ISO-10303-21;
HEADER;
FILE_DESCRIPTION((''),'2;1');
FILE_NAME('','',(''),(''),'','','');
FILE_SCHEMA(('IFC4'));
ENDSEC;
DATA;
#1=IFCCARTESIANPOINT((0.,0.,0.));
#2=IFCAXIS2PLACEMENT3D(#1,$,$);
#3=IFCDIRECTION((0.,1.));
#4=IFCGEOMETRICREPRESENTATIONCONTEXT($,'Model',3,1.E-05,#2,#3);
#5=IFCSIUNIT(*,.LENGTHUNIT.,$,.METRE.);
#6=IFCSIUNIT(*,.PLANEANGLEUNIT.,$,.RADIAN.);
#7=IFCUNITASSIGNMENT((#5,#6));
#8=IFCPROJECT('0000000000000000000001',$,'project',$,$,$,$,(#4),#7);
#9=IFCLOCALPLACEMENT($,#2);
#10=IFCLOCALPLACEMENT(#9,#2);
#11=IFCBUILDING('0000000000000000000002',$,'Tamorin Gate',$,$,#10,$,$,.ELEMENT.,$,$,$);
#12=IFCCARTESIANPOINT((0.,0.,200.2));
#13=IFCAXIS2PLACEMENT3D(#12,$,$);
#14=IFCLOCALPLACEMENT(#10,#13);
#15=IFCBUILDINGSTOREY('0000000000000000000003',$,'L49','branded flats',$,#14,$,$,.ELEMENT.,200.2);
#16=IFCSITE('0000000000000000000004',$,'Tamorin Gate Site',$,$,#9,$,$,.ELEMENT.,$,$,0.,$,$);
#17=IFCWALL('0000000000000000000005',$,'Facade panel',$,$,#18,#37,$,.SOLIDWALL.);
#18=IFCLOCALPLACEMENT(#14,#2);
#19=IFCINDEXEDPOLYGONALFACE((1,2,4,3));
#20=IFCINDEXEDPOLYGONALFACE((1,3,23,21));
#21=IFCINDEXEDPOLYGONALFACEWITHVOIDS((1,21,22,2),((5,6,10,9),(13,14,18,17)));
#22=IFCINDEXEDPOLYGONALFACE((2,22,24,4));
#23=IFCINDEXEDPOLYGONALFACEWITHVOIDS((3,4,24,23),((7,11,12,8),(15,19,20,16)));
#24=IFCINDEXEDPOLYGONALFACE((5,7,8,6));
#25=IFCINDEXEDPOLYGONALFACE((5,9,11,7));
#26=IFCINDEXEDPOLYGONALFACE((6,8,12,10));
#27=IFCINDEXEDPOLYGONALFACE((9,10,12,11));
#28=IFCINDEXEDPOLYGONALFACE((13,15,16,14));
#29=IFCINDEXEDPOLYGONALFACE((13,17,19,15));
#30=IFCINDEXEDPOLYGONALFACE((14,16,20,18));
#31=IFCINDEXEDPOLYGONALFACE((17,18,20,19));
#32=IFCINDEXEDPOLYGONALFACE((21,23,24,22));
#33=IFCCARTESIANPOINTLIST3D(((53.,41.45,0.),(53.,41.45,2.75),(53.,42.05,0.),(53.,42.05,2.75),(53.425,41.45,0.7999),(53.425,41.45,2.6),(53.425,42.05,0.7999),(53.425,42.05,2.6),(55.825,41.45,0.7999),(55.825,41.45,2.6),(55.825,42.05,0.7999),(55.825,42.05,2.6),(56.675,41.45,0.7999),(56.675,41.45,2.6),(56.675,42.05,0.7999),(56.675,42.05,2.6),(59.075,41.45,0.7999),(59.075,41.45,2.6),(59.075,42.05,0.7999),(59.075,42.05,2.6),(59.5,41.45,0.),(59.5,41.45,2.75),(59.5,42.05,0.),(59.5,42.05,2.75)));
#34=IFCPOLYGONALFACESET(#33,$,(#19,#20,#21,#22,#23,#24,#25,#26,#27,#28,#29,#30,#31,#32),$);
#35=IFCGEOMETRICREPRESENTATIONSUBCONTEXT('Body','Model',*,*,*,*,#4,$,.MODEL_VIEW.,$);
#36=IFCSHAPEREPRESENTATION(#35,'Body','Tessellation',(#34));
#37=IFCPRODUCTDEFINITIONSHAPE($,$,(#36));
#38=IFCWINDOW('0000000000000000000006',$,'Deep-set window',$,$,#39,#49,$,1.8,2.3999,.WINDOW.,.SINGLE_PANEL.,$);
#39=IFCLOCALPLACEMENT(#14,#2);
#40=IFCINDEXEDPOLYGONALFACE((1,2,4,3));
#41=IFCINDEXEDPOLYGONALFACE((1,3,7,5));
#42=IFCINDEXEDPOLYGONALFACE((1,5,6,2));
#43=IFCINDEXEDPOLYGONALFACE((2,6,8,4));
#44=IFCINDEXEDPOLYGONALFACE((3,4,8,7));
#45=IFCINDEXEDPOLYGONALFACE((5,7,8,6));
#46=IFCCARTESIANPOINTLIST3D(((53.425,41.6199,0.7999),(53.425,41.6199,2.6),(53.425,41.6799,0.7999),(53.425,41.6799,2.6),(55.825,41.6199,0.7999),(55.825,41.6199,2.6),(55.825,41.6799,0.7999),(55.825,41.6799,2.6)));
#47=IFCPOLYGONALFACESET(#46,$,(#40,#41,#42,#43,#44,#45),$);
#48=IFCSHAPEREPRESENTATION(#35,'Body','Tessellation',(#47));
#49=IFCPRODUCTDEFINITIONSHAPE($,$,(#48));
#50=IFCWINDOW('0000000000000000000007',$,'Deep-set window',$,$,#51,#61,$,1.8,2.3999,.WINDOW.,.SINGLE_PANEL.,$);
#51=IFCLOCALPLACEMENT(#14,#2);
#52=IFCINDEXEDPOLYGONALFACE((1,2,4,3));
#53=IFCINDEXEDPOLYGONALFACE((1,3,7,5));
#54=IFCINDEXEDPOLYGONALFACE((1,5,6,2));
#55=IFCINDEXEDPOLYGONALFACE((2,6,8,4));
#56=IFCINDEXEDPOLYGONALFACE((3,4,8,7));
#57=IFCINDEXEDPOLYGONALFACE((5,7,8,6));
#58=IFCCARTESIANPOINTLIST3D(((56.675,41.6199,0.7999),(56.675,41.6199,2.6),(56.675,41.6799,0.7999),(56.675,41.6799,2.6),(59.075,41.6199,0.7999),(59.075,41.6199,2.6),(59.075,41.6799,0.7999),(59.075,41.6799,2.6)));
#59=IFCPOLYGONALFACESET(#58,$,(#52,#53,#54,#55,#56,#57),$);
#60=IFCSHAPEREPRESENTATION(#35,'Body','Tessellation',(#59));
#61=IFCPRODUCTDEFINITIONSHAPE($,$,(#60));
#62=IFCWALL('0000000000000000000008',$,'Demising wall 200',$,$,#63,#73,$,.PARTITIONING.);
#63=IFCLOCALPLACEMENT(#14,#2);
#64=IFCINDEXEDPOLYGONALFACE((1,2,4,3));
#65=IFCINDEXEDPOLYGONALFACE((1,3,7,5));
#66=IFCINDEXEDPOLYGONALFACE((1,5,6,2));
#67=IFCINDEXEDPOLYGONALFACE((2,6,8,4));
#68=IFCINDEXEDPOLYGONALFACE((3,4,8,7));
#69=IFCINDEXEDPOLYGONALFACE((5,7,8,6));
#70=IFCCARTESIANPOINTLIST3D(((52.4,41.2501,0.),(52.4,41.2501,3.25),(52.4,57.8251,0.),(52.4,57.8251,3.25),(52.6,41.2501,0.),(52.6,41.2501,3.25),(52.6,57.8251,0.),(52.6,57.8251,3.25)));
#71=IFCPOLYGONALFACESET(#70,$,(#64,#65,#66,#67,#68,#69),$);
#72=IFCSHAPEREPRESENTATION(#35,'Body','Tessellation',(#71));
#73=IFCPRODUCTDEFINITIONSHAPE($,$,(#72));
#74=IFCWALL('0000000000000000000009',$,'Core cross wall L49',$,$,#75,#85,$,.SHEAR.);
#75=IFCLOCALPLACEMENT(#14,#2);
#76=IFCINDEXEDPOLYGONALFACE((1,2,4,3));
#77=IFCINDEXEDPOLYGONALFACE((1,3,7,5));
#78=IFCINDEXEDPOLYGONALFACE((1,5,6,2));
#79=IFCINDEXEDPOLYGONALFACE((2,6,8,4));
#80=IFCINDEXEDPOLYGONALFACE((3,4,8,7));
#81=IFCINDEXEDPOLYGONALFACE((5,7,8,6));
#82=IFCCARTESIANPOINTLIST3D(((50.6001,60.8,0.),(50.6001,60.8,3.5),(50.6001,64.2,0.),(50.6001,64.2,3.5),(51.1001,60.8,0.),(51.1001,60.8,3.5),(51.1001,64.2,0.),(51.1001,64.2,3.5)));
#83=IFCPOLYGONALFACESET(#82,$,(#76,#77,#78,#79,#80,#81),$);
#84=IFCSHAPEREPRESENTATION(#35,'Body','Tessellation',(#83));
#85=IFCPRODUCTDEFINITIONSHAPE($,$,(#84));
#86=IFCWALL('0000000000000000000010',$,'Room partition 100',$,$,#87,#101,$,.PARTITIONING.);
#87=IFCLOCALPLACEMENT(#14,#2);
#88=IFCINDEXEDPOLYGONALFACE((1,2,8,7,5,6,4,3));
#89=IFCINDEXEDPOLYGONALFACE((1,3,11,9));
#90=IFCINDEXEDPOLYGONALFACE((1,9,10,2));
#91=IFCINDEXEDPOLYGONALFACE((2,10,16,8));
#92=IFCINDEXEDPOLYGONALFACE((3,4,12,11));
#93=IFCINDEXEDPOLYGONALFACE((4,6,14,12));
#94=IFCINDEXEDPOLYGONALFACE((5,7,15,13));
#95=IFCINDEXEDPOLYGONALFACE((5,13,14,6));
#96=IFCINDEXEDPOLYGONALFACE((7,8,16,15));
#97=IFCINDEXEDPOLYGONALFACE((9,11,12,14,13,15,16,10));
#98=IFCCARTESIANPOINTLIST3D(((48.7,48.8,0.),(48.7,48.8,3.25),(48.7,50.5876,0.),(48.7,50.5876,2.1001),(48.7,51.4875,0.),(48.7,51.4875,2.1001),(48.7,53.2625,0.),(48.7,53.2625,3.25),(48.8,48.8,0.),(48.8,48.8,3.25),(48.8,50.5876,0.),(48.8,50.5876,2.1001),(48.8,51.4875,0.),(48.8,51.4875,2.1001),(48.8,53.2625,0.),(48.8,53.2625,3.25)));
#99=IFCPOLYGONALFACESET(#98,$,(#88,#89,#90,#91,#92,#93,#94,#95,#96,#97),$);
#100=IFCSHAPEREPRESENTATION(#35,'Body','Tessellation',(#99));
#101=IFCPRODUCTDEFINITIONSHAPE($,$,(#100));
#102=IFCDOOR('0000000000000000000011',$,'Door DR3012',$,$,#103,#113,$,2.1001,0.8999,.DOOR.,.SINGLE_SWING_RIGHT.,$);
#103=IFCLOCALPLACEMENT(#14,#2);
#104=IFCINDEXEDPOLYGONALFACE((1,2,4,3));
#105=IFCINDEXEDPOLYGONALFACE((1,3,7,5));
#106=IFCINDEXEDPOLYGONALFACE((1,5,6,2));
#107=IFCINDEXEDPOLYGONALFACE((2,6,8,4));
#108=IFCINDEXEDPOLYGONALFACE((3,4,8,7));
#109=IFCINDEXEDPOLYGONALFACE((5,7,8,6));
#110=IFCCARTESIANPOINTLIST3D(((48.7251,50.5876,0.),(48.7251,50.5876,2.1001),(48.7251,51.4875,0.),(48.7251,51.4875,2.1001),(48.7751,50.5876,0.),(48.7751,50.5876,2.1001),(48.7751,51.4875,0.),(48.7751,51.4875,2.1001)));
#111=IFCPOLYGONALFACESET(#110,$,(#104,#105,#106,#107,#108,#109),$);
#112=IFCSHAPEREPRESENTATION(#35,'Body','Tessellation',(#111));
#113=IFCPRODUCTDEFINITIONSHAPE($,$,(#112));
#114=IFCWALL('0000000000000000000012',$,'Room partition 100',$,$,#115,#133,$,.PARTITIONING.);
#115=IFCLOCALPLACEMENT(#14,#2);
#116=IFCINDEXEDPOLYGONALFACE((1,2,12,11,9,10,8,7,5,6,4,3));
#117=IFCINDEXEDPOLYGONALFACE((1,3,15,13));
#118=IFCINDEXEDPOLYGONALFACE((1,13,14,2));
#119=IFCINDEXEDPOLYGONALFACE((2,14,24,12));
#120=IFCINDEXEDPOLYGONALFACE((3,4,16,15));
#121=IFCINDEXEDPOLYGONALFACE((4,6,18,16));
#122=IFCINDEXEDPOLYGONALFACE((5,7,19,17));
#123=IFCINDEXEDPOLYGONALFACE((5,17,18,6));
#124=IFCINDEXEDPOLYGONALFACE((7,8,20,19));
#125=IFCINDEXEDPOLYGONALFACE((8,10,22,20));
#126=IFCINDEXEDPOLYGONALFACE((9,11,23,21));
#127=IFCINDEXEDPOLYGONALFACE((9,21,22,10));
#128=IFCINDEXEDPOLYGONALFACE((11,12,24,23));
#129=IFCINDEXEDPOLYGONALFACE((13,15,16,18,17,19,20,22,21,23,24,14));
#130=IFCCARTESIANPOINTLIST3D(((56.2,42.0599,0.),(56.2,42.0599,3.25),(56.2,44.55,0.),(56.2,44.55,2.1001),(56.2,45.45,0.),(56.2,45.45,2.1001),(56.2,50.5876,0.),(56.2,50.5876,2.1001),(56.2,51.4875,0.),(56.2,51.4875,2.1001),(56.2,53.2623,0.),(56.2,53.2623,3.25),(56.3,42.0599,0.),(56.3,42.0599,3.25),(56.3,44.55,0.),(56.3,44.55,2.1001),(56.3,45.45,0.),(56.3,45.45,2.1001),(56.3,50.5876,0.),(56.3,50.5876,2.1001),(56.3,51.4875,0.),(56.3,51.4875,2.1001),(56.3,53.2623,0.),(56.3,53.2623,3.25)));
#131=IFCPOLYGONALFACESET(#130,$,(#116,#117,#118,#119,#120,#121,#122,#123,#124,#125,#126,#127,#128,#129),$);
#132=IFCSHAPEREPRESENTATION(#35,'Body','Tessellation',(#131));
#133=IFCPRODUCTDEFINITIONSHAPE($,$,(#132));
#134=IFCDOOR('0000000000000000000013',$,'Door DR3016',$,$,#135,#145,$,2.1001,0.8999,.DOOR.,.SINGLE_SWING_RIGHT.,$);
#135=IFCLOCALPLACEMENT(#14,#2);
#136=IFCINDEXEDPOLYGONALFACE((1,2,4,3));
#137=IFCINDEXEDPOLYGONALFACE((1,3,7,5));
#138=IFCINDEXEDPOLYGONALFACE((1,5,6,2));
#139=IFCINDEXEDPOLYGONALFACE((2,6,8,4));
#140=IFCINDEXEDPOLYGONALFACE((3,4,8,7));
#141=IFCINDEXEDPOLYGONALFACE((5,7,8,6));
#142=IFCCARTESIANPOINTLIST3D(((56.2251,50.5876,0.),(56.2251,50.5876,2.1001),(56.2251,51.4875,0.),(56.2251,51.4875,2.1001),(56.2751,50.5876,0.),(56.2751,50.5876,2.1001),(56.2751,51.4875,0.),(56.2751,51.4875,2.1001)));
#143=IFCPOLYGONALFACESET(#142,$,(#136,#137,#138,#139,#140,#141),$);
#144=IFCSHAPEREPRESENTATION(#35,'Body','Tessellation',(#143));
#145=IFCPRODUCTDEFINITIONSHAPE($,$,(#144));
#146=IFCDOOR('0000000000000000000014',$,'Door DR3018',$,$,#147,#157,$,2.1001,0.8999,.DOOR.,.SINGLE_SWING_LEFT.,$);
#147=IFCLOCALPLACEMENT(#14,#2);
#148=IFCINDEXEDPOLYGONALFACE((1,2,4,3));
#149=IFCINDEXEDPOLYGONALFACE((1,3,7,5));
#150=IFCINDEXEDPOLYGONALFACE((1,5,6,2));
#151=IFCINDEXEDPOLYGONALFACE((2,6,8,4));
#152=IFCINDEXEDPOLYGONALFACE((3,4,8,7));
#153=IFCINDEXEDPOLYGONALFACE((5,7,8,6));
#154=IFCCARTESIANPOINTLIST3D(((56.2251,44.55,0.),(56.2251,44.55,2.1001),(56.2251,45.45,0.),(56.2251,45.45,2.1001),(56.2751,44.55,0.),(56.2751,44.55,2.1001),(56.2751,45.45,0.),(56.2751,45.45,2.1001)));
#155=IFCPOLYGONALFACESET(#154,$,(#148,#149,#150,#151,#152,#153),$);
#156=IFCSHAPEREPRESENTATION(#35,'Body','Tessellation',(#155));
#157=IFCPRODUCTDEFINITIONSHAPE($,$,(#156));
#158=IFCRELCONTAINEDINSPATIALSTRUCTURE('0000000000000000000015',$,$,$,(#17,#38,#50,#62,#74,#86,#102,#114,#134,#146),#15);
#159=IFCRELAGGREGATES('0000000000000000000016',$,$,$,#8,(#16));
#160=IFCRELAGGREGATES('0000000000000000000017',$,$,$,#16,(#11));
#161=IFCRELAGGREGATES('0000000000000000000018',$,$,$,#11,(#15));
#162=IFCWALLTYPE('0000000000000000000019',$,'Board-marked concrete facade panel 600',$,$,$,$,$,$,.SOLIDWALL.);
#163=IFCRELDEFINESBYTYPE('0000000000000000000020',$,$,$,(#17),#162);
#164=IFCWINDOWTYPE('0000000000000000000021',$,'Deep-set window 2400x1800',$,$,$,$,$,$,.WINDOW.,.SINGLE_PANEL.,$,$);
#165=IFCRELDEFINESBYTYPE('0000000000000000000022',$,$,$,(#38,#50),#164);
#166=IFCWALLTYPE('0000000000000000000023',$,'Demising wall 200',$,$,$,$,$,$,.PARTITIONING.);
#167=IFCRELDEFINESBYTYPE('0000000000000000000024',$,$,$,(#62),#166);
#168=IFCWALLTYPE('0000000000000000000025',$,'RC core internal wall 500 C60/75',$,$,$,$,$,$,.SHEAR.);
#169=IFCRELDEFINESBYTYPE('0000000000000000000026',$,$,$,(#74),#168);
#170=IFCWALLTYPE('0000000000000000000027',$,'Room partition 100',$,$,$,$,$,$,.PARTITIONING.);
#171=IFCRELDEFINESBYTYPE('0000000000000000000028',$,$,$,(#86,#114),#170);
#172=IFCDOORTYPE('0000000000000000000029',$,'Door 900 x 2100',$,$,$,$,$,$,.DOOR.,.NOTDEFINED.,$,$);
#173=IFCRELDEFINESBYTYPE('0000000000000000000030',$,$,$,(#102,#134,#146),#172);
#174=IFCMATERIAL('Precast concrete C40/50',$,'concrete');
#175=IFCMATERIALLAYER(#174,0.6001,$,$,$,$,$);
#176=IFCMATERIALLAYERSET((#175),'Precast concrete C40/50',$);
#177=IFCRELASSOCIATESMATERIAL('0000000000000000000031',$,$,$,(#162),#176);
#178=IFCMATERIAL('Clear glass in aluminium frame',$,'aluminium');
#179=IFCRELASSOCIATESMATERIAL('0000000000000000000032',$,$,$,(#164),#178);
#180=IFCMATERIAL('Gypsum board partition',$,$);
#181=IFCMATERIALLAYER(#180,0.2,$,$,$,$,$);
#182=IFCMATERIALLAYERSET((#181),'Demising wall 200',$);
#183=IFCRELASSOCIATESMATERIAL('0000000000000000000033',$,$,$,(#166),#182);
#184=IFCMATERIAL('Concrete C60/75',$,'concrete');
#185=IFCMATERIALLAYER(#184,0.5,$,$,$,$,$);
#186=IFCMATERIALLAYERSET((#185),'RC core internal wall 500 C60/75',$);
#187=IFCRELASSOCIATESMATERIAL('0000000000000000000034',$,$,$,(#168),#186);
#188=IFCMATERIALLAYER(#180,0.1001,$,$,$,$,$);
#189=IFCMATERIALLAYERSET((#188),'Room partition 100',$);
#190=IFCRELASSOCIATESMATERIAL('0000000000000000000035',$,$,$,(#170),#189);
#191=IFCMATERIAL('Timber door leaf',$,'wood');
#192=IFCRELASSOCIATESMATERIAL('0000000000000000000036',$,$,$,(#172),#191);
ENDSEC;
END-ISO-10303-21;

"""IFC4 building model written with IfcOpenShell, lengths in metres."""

from ifc_helpers import new_model, si_unit, direction, frame, frame_2d, origin, place, context, subcontext, project, spatial, rectangle, extrude, material, layer, layer_set, type_object, element, fill, save


model = new_model("IFC4")

# Units and contexts
model_context = context("Model", 3, precision=1e-05, world=origin(), true_north=direction((0.0, 1.0)))
body_context = subcontext(model_context, "Body", "Model", "MODEL_VIEW")
ifc_project = project(units=[si_unit("LENGTHUNIT", "METRE"), si_unit("PLANEANGLEUNIT", "RADIAN")], contexts=[model_context])

# Site, building, storey
site_placement = place(None, origin())
site = spatial("IfcSite", under=ifc_project, at=site_placement, Name="Tamorin Gate Site", CompositionType="ELEMENT", RefElevation=0.0)
building_placement = place(site_placement, origin())
building = spatial("IfcBuilding", under=site, at=building_placement, Name="Tamorin Gate", CompositionType="ELEMENT")
storey_placement = place(building_placement, frame((0.0, 0.0, 200.2)))
storey = spatial("IfcBuildingStorey", under=building, at=storey_placement, Name="L49", Description="branded flats", CompositionType="ELEMENT", Elevation=200.2)

# Shared definitions
ifc_material_1 = material(Name="Concrete C60/75", Category="concrete")

# Wall, openings, windows
ifc_material_2 = material(Name="Precast concrete C40/50", Category="concrete")
ifc_layer_1 = layer(ifc_material_2, 0.6001)
ifc_layer_set_1 = layer_set([ifc_layer_1], Name="Precast concrete C40/50")
wall_type_1 = type_object("IfcWallType", Name="Board-marked concrete facade panel 600", PredefinedType="SOLIDWALL", material=ifc_layer_set_1)
ifc_material_3 = material(Name="Clear glass in aluminium frame", Category="aluminium")
window_type = type_object("IfcWindowType", Name="Deep-set window 2400x1800", PartitioningType="SINGLE_PANEL", PredefinedType="WINDOW", material=ifc_material_3)
wall_1_placement = place(storey_placement, frame((53.0, 41.75, 0.0), z_axis=(0.0, 0.0, 1.0), x_axis=(1.0, 0.0, 0.0)))
wall_1 = element("IfcWall", 1, at=wall_1_placement, inside=storey, type_object=wall_type_1, Name="Facade panel", PredefinedType="SOLIDWALL", context=body_context, shape_type="SweptSolid", body=[
    extrude(rectangle(XDim=6.5, YDim=0.6001, at=frame_2d((3.25, 0.0))), origin(), (0.0, 0.0, 1.0), 2.75),
])
opening_1_placement = place(wall_1_placement, frame((0.425, 0.0, 0.8)))
opening_1 = element("IfcOpeningElement", 2, at=opening_1_placement, cuts=wall_1, PredefinedType="OPENING", context=body_context, shape_type="SweptSolid", body=[
    extrude(rectangle(XDim=2.3999, YDim=1.8, at=frame_2d((1.2, 0.8999))), frame((0.0, 0.3101, 0.0), z_axis=(0.0, -1.0, 0.0), x_axis=(1.0, 0.0, 0.0)), (0.0, 0.0, 1.0), 0.6201),
])
opening_2_placement = place(wall_1_placement, frame((3.675, 0.0, 0.8)))
opening_2 = element("IfcOpeningElement", 3, at=opening_2_placement, cuts=wall_1, PredefinedType="OPENING", context=body_context, shape_type="SweptSolid", body=[
    extrude(rectangle(XDim=2.3999, YDim=1.8, at=frame_2d((1.2, 0.8999))), frame((0.0, 0.3101, 0.0), z_axis=(0.0, -1.0, 0.0), x_axis=(1.0, 0.0, 0.0)), (0.0, 0.0, 1.0), 0.6201),
])
window_1_placement = place(opening_1_placement, origin())
window_1 = element("IfcWindow", 4, at=window_1_placement, inside=storey, type_object=window_type, Name="Deep-set window", OverallHeight=1.8, OverallWidth=2.3999, PartitioningType="SINGLE_PANEL", PredefinedType="WINDOW", context=body_context, shape_type="SweptSolid", body=[
    extrude(rectangle(XDim=2.3999, YDim=1.8, at=frame_2d((1.2, 0.8999))), frame((0.0, -0.0701, 0.0), z_axis=(0.0, -1.0, 0.0), x_axis=(1.0, 0.0, 0.0)), (0.0, 0.0, 1.0), 0.0601),
])
fill(opening_1, window_1)
window_2_placement = place(opening_2_placement, origin())
window_2 = element("IfcWindow", 5, at=window_2_placement, inside=storey, type_object=window_type, Name="Deep-set window", OverallHeight=1.8, OverallWidth=2.3999, PartitioningType="SINGLE_PANEL", PredefinedType="WINDOW", context=body_context, shape_type="SweptSolid", body=[
    extrude(rectangle(XDim=2.3999, YDim=1.8, at=frame_2d((1.2, 0.8999))), frame((0.0, -0.0701, 0.0), z_axis=(0.0, -1.0, 0.0), x_axis=(1.0, 0.0, 0.0)), (0.0, 0.0, 1.0), 0.0601),
])
fill(opening_2, window_2)

# Walls
ifc_material_4 = material(Name="Gypsum board partition")
ifc_layer_2 = layer(ifc_material_4, 0.2)
ifc_layer_set_2 = layer_set([ifc_layer_2], Name="Demising wall 200")
wall_type_2 = type_object("IfcWallType", Name="Demising wall 200", PredefinedType="PARTITIONING", material=ifc_layer_set_2)
wall_2_placement = place(storey_placement, frame((52.5, 41.25, 0.0), z_axis=(0.0, 0.0, 1.0), x_axis=(0.0, 1.0, 0.0)))
element("IfcWall", 6, at=wall_2_placement, inside=storey, type_object=wall_type_2, Name="Demising wall 200", PredefinedType="PARTITIONING", context=body_context, shape_type="SweptSolid", body=[
    extrude(rectangle(XDim=16.575, YDim=0.2, at=frame_2d((8.2876, 0.0))), origin(), (0.0, 0.0, 1.0), 3.25),
])
ifc_layer_3 = layer(ifc_material_1, 0.5)
ifc_layer_set_3 = layer_set([ifc_layer_3], Name="RC core internal wall 500 C60/75")
wall_type_3 = type_object("IfcWallType", Name="RC core internal wall 500 C60/75", PredefinedType="SHEAR", material=ifc_layer_set_3)
wall_3_placement = place(storey_placement, frame((50.8501, 60.8, 0.0), z_axis=(0.0, 0.0, 1.0), x_axis=(0.0, 1.0, 0.0)))
element("IfcWall", 7, at=wall_3_placement, inside=storey, type_object=wall_type_3, Name="Core cross wall L49", PredefinedType="SHEAR", context=body_context, shape_type="SweptSolid", body=[
    extrude(rectangle(XDim=3.3999, YDim=0.5, at=frame_2d((1.7, 0.0))), origin(), (0.0, 0.0, 1.0), 3.5),
])

# Wall, opening, door
ifc_layer_4 = layer(ifc_material_4, 0.1001)
ifc_layer_set_4 = layer_set([ifc_layer_4], Name="Room partition 100")
wall_type_4 = type_object("IfcWallType", Name="Room partition 100", PredefinedType="PARTITIONING", material=ifc_layer_set_4)
wall_4_placement = place(storey_placement, frame((48.75, 48.8, 0.0), z_axis=(0.0, 0.0, 1.0), x_axis=(0.0, 1.0, 0.0)))
wall_4 = element("IfcWall", 8, at=wall_4_placement, inside=storey, type_object=wall_type_4, Name="Room partition 100", PredefinedType="PARTITIONING", context=body_context, shape_type="SweptSolid", body=[
    extrude(rectangle(XDim=4.4624, YDim=0.1001, at=frame_2d((2.2312, 0.0))), origin(), (0.0, 0.0, 1.0), 3.25),
])
opening_3_placement = place(wall_4_placement, frame((1.7876, 0.0, 0.0)))
opening_3 = element("IfcOpeningElement", 9, at=opening_3_placement, cuts=wall_4, PredefinedType="OPENING", context=body_context, shape_type="SweptSolid", body=[
    extrude(rectangle(XDim=0.8999, YDim=2.1001, at=frame_2d((0.45, 1.05))), frame((0.0, 0.0601, 0.0), z_axis=(0.0, -1.0, 0.0), x_axis=(1.0, 0.0, 0.0)), (0.0, 0.0, 1.0), 0.1201),
])
ifc_material_5 = material(Name="Timber door leaf", Category="wood")
door_type = type_object("IfcDoorType", Name="Door 900 x 2100", OperationType="NOTDEFINED", PredefinedType="DOOR", material=ifc_material_5)
door_1_placement = place(opening_3_placement, origin())
door_1 = element("IfcDoor", 10, at=door_1_placement, inside=storey, type_object=door_type, Name="Door DR3012", OperationType="SINGLE_SWING_RIGHT", OverallHeight=2.1001, OverallWidth=0.8999, PredefinedType="DOOR", context=body_context, shape_type="SweptSolid", body=[
    extrude(rectangle(XDim=0.8999, YDim=2.1001, at=frame_2d((0.45, 1.05))), frame((0.0, 0.0249, 0.0), z_axis=(0.0, -1.0, 0.0), x_axis=(1.0, 0.0, 0.0)), (0.0, 0.0, 1.0), 0.05),
])
fill(opening_3, door_1)

# Wall, openings, doors
wall_5_placement = place(storey_placement, frame((56.25, 42.0601, 0.0), z_axis=(0.0, 0.0, 1.0), x_axis=(0.0, 1.0, 0.0)))
wall_5 = element("IfcWall", 11, at=wall_5_placement, inside=storey, type_object=wall_type_4, Name="Room partition 100", PredefinedType="PARTITIONING", context=body_context, shape_type="SweptSolid", body=[
    extrude(rectangle(XDim=11.2024, YDim=0.1001, at=frame_2d((5.6011, 0.0))), origin(), (0.0, 0.0, 1.0), 3.25),
])
opening_4_placement = place(wall_5_placement, frame((8.5276, 0.0, 0.0)))
opening_4 = element("IfcOpeningElement", 12, at=opening_4_placement, cuts=wall_5, PredefinedType="OPENING", context=body_context, shape_type="SweptSolid", body=[
    extrude(rectangle(XDim=0.8999, YDim=2.1001, at=frame_2d((0.45, 1.05))), frame((0.0, 0.0601, 0.0), z_axis=(0.0, -1.0, 0.0), x_axis=(1.0, 0.0, 0.0)), (0.0, 0.0, 1.0), 0.1201),
])
opening_5_placement = place(wall_5_placement, frame((2.49, 0.0, 0.0)))
opening_5 = element("IfcOpeningElement", 13, at=opening_5_placement, cuts=wall_5, PredefinedType="OPENING", context=body_context, shape_type="SweptSolid", body=[
    extrude(rectangle(XDim=0.8999, YDim=2.1001, at=frame_2d((0.45, 1.05))), frame((0.0, 0.0601, 0.0), z_axis=(0.0, -1.0, 0.0), x_axis=(1.0, 0.0, 0.0)), (0.0, 0.0, 1.0), 0.1201),
])
door_2_placement = place(opening_4_placement, origin())
door_2 = element("IfcDoor", 14, at=door_2_placement, inside=storey, type_object=door_type, Name="Door DR3016", OperationType="SINGLE_SWING_RIGHT", OverallHeight=2.1001, OverallWidth=0.8999, PredefinedType="DOOR", context=body_context, shape_type="SweptSolid", body=[
    extrude(rectangle(XDim=0.8999, YDim=2.1001, at=frame_2d((0.45, 1.05))), frame((0.0, 0.0249, 0.0), z_axis=(0.0, -1.0, 0.0), x_axis=(1.0, 0.0, 0.0)), (0.0, 0.0, 1.0), 0.05),
])
fill(opening_4, door_2)
door_3_placement = place(opening_5_placement, origin())
door_3 = element("IfcDoor", 15, at=door_3_placement, inside=storey, type_object=door_type, Name="Door DR3018", OperationType="SINGLE_SWING_LEFT", OverallHeight=2.1001, OverallWidth=0.8999, PredefinedType="DOOR", context=body_context, shape_type="SweptSolid", body=[
    extrude(rectangle(XDim=0.8999, YDim=2.1001, at=frame_2d((0.45, 1.05))), frame((0.0, 0.0249, 0.0), z_axis=(0.0, -1.0, 0.0), x_axis=(1.0, 0.0, 0.0)), (0.0, 0.0, 1.0), 0.05),
])
fill(opening_5, door_3)

save(model, "model.ifc")
